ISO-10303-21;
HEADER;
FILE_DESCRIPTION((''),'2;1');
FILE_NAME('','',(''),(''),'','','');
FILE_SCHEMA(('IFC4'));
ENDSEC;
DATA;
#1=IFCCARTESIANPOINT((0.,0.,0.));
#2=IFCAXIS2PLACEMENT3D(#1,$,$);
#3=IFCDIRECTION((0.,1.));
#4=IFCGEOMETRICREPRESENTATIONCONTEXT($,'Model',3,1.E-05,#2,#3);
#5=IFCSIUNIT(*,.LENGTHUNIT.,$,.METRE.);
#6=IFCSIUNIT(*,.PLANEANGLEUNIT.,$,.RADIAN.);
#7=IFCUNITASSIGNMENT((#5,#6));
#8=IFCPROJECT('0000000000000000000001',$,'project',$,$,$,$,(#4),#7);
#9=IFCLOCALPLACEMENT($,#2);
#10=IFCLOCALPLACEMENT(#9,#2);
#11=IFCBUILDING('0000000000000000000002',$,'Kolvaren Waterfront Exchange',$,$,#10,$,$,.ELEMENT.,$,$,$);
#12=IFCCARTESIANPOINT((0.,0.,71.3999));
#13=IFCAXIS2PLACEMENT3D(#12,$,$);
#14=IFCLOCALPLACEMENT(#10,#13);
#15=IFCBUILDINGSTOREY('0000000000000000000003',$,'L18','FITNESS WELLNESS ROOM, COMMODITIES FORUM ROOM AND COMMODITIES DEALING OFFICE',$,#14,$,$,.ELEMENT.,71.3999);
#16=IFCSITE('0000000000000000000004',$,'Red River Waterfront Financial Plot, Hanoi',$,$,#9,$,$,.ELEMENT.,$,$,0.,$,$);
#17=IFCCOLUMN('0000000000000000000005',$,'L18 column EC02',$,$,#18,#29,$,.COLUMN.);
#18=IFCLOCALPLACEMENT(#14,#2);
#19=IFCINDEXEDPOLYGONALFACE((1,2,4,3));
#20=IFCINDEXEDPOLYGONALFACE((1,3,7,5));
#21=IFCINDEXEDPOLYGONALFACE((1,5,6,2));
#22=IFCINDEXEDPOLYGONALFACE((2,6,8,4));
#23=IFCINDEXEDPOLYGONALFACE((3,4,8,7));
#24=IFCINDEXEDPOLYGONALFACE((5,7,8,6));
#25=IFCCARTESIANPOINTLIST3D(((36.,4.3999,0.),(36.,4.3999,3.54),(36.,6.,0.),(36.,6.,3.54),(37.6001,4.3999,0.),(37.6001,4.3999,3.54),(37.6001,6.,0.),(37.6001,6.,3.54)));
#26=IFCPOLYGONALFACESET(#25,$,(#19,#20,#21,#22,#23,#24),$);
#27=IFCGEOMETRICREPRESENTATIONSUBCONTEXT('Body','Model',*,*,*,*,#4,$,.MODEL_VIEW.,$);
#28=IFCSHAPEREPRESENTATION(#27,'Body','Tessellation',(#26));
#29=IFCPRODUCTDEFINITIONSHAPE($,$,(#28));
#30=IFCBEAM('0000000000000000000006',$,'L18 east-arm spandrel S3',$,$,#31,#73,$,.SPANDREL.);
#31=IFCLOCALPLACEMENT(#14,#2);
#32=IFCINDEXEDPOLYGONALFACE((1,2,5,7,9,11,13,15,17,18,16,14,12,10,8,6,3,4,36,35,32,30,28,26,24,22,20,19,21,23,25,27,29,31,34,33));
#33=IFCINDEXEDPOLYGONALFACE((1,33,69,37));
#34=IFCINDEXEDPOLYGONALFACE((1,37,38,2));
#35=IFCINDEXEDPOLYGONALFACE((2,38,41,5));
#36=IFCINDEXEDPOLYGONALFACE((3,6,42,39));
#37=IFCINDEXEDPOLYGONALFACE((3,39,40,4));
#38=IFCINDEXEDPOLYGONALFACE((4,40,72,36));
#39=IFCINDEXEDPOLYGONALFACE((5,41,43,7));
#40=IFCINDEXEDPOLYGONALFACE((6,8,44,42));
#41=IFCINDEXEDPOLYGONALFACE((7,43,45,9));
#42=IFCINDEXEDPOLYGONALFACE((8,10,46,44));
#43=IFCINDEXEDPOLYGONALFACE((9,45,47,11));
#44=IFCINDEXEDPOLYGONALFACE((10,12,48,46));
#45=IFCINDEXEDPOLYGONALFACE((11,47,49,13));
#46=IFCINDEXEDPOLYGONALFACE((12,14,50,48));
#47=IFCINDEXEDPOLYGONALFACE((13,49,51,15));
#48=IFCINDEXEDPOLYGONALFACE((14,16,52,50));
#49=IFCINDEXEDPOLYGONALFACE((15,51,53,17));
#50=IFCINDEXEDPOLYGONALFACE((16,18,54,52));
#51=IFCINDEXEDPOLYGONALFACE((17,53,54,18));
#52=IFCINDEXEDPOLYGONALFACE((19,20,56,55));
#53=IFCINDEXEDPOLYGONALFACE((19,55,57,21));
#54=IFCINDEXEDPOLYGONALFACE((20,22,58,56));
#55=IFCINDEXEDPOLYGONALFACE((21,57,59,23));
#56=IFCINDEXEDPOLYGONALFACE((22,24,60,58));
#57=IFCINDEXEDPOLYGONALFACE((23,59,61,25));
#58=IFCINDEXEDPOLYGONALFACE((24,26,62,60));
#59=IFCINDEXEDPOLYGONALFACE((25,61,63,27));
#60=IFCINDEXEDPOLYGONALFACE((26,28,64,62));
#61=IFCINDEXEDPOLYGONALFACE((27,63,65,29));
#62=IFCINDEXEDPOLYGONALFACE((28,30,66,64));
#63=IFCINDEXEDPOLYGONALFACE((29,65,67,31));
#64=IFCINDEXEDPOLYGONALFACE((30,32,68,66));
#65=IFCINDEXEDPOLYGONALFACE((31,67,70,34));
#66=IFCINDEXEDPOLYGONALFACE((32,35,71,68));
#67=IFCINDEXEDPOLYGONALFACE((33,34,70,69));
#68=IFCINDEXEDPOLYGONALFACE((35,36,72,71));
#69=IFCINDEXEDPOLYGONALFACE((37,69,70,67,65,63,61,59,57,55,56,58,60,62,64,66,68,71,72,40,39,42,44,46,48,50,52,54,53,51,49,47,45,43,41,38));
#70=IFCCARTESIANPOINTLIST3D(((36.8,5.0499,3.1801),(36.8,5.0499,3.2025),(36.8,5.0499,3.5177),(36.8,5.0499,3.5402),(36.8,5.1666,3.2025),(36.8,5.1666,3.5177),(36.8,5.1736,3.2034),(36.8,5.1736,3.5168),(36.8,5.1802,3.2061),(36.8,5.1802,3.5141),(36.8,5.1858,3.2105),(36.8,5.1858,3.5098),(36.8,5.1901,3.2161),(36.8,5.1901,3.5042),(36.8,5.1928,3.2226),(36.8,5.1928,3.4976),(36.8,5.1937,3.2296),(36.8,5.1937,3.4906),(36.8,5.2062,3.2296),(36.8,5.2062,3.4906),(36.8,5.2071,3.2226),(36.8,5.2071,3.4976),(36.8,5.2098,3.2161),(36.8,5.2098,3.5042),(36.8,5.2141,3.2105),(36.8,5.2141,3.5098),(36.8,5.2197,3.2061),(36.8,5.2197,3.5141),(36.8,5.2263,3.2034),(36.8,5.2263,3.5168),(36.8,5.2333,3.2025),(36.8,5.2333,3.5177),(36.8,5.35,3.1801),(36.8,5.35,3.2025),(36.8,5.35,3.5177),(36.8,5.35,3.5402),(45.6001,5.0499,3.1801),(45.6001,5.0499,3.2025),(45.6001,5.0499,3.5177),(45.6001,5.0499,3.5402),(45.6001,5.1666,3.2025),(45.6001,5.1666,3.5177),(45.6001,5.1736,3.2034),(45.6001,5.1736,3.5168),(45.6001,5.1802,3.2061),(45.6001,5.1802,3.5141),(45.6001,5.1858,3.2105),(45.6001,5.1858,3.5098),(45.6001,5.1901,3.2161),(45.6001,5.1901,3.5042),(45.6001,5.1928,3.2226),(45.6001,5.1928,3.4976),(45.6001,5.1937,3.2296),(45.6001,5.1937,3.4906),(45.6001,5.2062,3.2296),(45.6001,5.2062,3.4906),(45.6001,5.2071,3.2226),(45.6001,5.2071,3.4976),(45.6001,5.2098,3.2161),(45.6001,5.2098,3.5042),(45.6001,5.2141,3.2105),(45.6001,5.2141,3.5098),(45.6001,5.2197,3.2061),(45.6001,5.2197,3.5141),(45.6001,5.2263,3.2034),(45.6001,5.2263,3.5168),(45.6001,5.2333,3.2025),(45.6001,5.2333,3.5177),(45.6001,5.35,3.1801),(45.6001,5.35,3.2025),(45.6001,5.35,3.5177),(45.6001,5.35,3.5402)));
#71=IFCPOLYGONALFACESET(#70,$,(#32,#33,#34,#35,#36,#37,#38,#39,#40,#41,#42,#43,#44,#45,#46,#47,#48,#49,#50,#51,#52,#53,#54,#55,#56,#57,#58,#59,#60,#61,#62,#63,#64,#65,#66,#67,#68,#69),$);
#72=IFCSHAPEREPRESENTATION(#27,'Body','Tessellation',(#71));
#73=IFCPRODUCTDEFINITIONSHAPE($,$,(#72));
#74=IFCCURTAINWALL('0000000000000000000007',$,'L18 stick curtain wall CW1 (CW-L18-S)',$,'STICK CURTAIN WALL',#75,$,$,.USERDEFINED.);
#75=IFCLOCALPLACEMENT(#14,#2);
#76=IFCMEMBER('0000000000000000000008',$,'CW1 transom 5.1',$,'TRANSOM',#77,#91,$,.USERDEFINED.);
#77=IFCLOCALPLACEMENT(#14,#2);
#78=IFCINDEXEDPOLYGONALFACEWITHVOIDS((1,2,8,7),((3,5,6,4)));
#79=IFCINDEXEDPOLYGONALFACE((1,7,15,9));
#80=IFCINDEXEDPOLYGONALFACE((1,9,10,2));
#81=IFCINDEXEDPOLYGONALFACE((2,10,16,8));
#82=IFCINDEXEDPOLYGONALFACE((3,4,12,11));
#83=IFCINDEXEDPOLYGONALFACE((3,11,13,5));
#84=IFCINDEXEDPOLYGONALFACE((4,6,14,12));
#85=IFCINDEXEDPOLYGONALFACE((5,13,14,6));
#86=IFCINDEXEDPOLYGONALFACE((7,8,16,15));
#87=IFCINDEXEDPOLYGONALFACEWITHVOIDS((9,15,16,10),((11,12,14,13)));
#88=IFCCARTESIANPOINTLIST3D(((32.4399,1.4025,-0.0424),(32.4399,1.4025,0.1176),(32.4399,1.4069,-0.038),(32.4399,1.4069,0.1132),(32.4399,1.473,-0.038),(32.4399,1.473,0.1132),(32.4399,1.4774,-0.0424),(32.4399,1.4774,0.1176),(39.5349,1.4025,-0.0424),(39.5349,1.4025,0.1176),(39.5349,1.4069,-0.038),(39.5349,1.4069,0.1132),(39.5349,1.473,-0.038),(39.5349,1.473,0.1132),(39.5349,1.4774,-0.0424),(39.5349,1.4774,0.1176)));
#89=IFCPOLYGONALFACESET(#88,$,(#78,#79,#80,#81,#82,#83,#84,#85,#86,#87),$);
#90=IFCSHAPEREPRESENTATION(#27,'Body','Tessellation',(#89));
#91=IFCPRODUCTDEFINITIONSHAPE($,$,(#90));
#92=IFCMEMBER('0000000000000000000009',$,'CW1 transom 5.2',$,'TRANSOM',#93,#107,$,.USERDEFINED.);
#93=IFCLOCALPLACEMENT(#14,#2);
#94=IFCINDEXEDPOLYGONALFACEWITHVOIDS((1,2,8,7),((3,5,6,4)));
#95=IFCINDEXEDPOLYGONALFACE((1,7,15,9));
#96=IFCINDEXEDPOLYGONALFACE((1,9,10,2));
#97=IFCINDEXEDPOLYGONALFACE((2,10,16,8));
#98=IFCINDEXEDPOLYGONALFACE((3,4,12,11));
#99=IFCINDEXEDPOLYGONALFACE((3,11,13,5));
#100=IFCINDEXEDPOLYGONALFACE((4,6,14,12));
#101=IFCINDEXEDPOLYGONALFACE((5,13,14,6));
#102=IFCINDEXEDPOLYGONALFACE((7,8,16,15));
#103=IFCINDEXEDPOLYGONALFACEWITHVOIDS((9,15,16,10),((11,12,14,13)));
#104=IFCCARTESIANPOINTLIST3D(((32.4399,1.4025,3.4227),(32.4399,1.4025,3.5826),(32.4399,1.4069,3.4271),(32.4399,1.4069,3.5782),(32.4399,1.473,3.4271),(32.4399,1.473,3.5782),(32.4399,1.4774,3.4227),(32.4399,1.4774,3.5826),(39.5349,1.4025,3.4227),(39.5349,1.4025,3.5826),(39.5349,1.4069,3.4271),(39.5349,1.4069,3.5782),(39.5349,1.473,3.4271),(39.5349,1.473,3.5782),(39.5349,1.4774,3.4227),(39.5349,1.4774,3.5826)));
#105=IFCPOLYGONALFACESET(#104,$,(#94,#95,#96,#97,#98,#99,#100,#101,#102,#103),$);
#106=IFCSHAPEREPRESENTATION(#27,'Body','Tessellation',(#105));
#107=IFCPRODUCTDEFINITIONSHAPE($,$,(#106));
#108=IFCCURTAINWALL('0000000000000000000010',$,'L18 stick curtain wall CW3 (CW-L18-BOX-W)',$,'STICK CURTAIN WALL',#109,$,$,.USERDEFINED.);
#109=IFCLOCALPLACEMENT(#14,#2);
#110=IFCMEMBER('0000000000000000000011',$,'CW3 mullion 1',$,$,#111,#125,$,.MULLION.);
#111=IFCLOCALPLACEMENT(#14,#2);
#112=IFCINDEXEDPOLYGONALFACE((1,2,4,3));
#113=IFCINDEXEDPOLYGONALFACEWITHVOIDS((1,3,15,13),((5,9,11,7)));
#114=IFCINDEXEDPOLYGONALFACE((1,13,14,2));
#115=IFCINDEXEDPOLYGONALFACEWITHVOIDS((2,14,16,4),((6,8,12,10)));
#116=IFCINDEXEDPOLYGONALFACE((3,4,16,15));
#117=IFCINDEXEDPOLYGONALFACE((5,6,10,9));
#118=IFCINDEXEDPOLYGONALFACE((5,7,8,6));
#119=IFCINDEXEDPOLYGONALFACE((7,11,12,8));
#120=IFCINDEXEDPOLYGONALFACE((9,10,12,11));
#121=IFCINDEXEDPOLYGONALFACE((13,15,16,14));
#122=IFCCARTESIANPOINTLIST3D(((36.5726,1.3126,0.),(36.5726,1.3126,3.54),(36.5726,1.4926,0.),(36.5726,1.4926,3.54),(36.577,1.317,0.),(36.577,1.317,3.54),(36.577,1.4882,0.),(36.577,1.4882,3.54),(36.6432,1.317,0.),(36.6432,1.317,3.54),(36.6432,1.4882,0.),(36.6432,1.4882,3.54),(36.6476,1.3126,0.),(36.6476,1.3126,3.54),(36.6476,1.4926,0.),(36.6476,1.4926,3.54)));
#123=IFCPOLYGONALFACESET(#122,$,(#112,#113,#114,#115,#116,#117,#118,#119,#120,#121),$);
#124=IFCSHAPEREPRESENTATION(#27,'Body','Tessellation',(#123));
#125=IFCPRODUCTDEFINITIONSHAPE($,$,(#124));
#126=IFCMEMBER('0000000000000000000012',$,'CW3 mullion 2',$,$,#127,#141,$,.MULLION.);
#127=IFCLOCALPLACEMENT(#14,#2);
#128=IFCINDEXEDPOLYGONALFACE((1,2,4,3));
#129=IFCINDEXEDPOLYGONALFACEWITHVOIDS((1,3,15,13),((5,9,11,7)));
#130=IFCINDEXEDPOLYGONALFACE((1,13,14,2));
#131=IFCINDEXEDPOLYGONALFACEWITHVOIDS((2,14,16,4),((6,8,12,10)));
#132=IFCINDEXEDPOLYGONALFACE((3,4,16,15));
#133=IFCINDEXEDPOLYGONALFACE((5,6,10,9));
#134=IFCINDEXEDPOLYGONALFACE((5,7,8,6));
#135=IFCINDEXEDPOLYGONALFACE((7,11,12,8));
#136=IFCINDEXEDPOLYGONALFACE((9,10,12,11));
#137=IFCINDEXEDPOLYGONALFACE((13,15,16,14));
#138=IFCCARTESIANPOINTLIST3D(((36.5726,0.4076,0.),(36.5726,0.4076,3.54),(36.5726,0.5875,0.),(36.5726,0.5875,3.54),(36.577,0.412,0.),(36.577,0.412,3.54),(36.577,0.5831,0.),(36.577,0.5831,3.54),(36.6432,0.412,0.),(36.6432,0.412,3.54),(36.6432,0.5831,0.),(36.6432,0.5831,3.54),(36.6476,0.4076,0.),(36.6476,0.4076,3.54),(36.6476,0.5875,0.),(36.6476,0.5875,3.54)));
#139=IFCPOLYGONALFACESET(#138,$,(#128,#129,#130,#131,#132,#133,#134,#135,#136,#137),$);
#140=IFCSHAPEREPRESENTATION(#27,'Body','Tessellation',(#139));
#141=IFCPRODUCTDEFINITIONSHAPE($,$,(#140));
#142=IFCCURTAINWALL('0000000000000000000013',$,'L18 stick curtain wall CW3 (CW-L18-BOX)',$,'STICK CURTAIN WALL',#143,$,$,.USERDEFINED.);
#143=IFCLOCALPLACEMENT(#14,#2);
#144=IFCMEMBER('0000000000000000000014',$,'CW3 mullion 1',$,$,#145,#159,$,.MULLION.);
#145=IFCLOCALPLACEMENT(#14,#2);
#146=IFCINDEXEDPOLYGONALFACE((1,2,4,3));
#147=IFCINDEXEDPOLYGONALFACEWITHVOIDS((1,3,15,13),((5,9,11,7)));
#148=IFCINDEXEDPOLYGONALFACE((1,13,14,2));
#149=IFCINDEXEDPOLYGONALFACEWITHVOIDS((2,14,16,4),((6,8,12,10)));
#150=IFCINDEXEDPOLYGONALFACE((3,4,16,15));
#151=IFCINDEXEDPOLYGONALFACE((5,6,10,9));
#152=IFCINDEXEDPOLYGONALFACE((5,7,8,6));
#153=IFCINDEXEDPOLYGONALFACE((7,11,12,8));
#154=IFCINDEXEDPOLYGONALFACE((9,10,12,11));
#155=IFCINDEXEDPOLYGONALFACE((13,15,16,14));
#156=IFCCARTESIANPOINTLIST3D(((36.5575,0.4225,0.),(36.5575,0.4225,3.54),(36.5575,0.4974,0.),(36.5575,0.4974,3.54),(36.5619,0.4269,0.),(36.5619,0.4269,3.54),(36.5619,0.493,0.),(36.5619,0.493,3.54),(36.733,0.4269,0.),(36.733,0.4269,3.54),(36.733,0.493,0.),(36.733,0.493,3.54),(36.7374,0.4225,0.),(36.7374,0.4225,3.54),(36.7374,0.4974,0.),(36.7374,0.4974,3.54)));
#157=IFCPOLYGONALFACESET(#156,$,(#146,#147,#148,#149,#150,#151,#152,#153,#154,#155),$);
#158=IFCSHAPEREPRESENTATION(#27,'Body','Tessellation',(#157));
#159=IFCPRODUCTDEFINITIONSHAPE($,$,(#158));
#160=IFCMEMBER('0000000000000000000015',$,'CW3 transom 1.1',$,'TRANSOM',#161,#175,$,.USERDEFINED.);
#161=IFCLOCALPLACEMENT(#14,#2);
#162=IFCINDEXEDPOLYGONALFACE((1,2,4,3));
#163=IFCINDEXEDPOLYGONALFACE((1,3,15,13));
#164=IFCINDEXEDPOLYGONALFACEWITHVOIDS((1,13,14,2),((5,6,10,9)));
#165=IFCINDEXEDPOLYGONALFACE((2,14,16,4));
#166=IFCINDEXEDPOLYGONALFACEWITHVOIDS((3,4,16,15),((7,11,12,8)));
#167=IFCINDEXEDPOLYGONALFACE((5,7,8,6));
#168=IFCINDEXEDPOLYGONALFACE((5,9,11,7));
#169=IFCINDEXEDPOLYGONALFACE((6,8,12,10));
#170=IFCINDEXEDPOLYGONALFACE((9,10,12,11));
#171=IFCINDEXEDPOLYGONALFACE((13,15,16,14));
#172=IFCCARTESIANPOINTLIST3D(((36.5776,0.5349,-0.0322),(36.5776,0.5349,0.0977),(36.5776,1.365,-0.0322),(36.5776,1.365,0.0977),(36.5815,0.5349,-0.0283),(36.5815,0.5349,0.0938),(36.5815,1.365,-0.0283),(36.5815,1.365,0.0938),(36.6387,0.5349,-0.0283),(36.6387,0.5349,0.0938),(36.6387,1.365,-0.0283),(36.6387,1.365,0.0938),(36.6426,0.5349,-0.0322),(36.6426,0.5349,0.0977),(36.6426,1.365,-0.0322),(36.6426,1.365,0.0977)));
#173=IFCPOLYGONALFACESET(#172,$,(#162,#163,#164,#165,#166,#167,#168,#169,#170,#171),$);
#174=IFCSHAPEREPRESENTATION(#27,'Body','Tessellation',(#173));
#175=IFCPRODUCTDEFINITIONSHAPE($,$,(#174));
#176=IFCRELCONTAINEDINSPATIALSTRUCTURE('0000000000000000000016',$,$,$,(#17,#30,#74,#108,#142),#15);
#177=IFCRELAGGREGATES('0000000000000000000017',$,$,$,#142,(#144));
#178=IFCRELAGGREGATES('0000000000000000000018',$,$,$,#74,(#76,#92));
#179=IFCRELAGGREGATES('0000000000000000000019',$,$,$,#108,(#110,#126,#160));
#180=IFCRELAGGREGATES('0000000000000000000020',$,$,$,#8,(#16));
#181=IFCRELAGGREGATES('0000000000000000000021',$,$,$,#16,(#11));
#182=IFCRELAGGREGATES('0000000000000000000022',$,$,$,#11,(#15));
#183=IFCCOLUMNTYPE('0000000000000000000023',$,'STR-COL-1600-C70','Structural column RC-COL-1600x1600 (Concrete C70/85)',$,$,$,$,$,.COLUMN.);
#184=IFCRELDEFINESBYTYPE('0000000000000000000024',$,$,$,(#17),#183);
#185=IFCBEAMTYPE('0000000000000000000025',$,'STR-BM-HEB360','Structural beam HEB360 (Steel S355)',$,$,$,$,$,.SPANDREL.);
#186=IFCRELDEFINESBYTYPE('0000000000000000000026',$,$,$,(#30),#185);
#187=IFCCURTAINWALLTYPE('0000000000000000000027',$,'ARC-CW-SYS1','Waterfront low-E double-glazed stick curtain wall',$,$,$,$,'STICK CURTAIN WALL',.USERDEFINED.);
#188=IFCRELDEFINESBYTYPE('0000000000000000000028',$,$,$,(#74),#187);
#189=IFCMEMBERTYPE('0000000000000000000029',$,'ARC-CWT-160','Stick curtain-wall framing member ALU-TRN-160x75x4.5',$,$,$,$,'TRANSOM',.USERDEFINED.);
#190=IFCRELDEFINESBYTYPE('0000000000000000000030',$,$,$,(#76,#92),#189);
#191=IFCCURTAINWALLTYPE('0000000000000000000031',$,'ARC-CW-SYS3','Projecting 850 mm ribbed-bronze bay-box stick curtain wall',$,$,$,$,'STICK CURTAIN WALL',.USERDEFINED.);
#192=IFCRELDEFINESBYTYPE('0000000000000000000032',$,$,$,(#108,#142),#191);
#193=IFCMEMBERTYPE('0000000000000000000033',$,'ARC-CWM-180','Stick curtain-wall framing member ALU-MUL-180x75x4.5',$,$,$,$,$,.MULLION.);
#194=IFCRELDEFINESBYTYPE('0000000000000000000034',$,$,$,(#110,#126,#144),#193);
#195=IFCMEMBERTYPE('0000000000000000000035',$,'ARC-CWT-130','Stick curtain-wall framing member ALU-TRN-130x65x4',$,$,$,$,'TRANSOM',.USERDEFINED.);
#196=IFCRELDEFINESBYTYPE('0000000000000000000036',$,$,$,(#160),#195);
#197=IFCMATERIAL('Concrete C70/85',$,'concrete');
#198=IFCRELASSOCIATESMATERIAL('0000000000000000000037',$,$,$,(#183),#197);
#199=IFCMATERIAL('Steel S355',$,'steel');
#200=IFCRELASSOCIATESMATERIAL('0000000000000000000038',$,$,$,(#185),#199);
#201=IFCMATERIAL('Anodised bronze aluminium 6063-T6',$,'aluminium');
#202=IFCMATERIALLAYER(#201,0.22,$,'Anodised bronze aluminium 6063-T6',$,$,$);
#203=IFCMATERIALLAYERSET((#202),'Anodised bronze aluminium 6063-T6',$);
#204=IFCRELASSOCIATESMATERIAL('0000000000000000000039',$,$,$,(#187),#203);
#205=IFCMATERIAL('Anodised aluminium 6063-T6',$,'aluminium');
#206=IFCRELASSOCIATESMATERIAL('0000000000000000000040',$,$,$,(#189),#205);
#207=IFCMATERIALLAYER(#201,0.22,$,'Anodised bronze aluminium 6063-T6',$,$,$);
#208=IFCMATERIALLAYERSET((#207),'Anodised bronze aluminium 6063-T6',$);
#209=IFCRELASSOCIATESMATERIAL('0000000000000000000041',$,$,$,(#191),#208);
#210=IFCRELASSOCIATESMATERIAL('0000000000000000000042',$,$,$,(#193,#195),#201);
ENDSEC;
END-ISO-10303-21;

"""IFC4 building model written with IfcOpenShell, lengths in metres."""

from ifc_helpers import new_model, si_unit, direction, frame, origin, origin_with_axes, origin_2d, place, context, subcontext, project, spatial, rectangle, hollow_rectangle, i_section, extrude, source, transform, mapped, material, layer, layer_set, material_profile, profile_set, type_object, element, aggregate, save


model = new_model("IFC4")

# Units and contexts
model_context = context("Model", 3, precision=1e-05, world=origin(), true_north=direction((0.0, 1.0)))
body_context = subcontext(model_context, "Body", "Model", "MODEL_VIEW")
ifc_project = project(units=[si_unit("LENGTHUNIT", "METRE"), si_unit("PLANEANGLEUNIT", "RADIAN")], contexts=[model_context])

# Site, building, storey
site_placement = place(None, origin())
site = spatial("IfcSite", under=ifc_project, at=site_placement, Name="Red River Waterfront Financial Plot, Hanoi", CompositionType="ELEMENT", RefElevation=0.0)
building_placement = place(site_placement, origin())
building = spatial("IfcBuilding", under=site, at=building_placement, Name="Kolvaren Waterfront Exchange", CompositionType="ELEMENT")
storey_placement = place(building_placement, frame((0.0, 0.0, 71.3999)))
storey = spatial("IfcBuildingStorey", under=building, at=storey_placement, Name="L18", Description="FITNESS WELLNESS ROOM, COMMODITIES FORUM ROOM AND COMMODITIES DEALING OFFICE", CompositionType="ELEMENT", Elevation=71.3999)

# Column
ifc_material_1 = material(Name="Concrete C70/85", Category="concrete")
ifc_material_profile_1 = material_profile(ifc_material_1, rectangle(XDim=1.6001, YDim=1.6001, at=origin_2d()), Name="RC-COL-1600x1600")
ifc_profile_set_1 = profile_set([ifc_material_profile_1], Name="Concrete C70/85")
column_type = type_object("IfcColumnType", Name="STR-COL-1600-C70", Description="Structural column RC-COL-1600x1600 (Concrete C70/85)", PredefinedType="COLUMN", material=ifc_profile_set_1)
column_placement = place(storey_placement, frame((36.8, 5.2, 0.0), z_axis=(0.0, 0.0, 1.0), x_axis=(1.0, 0.0, 0.0)))
element("IfcColumn", 1, at=column_placement, inside=storey, type_object=column_type, Name="L18 column EC02", PredefinedType="COLUMN", context=body_context, shape_type="SweptSolid", body=[
    extrude(rectangle(XDim=1.6001, YDim=1.6001, at=origin_2d()), origin(), (0.0, 0.0, 1.0), 3.54),
])

# Beam
ifc_material_2 = material(Name="Steel S355", Category="steel")
ifc_material_profile_2 = material_profile(ifc_material_2, i_section(OverallWidth=0.3, OverallDepth=0.3601, WebThickness=0.0125, FlangeThickness=0.0225, FilletRadius=0.0271, at=origin_2d()), Name="HEB360")
ifc_profile_set_2 = profile_set([ifc_material_profile_2], Name="Steel S355")
beam_type = type_object("IfcBeamType", Name="STR-BM-HEB360", Description="Structural beam HEB360 (Steel S355)", PredefinedType="SPANDREL", material=ifc_profile_set_2)
beam_placement = place(storey_placement, frame((36.8, 5.2, 3.3601), z_axis=(1.0, 0.0, 0.0), x_axis=(0.0, 1.0, 0.0)))
element("IfcBeam", 2, at=beam_placement, inside=storey, type_object=beam_type, Name="L18 east-arm spandrel S3", PredefinedType="SPANDREL", context=body_context, shape_type="SweptSolid", body=[
    extrude(i_section(OverallWidth=0.3, OverallDepth=0.3601, WebThickness=0.0125, FlangeThickness=0.0225, FilletRadius=0.0271, at=origin_2d()), origin(), (0.0, 0.0, 1.0), 8.8),
])

# Curtain walls, members
ifc_material_3 = material(Name="Anodised bronze aluminium 6063-T6", Category="aluminium")
ifc_layer_1 = layer(ifc_material_3, 0.22, Name="Anodised bronze aluminium 6063-T6")
ifc_layer_set_1 = layer_set([ifc_layer_1], Name="Anodised bronze aluminium 6063-T6")
curtain_wall_type_1 = type_object("IfcCurtainWallType", Name="ARC-CW-SYS1", Description="Waterfront low-E double-glazed stick curtain wall", ElementType="STICK CURTAIN WALL", PredefinedType="USERDEFINED", material=ifc_layer_set_1)
curtain_wall_1_placement = place(storey_placement, origin())
curtain_wall_1 = element("IfcCurtainWall", 3, at=curtain_wall_1_placement, inside=storey, type_object=curtain_wall_type_1, Name="L18 stick curtain wall CW1 (CW-L18-S)", ObjectType="STICK CURTAIN WALL", PredefinedType="USERDEFINED")
ifc_material_4 = material(Name="Anodised aluminium 6063-T6", Category="aluminium")
ifc_material_profile_3 = material_profile(ifc_material_4, hollow_rectangle(XDim=0.075, YDim=0.1599, WallThickness=0.0044, at=origin_2d()), Name="ALU-TRN-160x75x4.5")
ifc_profile_set_3 = profile_set([ifc_material_profile_3], Name="Anodised aluminium 6063-T6")
member_type_1 = type_object("IfcMemberType", Name="ARC-CWT-160", Description="Stick curtain-wall framing member ALU-TRN-160x75x4.5", ElementType="TRANSOM", PredefinedType="USERDEFINED", material=ifc_profile_set_3)
shared_shape_1 = source(origin_with_axes(), body_context, "Body", "SweptSolid", [
    extrude(hollow_rectangle(XDim=0.075, YDim=0.1599, WallThickness=0.0044, at=origin_2d()), origin(), (0.0, 0.0, 1.0), 7.095),
])
member_1_placement = place(storey_placement, frame((32.4399, 1.4399, 0.0376), z_axis=(1.0, 0.0, 0.0), x_axis=(0.0, 1.0, 0.0)))
member_1 = element("IfcMember", 4, at=member_1_placement, type_object=member_type_1, Name="CW1 transom 5.1", ObjectType="TRANSOM", PredefinedType="USERDEFINED", context=body_context, shape_type="MappedRepresentation", body=[
    mapped(shared_shape_1, transform((0.0, 0.0, 0.0), x_axis=(1.0, 0.0, 0.0), y_axis=(0.0, 1.0, 0.0), z_axis=(0.0, 0.0, 1.0), scale=1.0)),
])
member_2_placement = place(storey_placement, frame((32.4399, 1.4399, 3.5027), z_axis=(1.0, 0.0, 0.0), x_axis=(0.0, 1.0, 0.0)))
member_2 = element("IfcMember", 5, at=member_2_placement, type_object=member_type_1, Name="CW1 transom 5.2", ObjectType="TRANSOM", PredefinedType="USERDEFINED", context=body_context, shape_type="MappedRepresentation", body=[
    mapped(shared_shape_1, transform((0.0, 0.0, 0.0), x_axis=(1.0, 0.0, 0.0), y_axis=(0.0, 1.0, 0.0), z_axis=(0.0, 0.0, 1.0), scale=1.0)),
])
ifc_layer_2 = layer(ifc_material_3, 0.22, Name="Anodised bronze aluminium 6063-T6")
ifc_layer_set_2 = layer_set([ifc_layer_2], Name="Anodised bronze aluminium 6063-T6")
curtain_wall_type_2 = type_object("IfcCurtainWallType", Name="ARC-CW-SYS3", Description="Projecting 850 mm ribbed-bronze bay-box stick curtain wall", ElementType="STICK CURTAIN WALL", PredefinedType="USERDEFINED", material=ifc_layer_set_2)
curtain_wall_2_placement = place(storey_placement, origin())
curtain_wall_2 = element("IfcCurtainWall", 6, at=curtain_wall_2_placement, inside=storey, type_object=curtain_wall_type_2, Name="L18 stick curtain wall CW3 (CW-L18-BOX-W)", ObjectType="STICK CURTAIN WALL", PredefinedType="USERDEFINED")
ifc_material_profile_4 = material_profile(ifc_material_3, hollow_rectangle(XDim=0.075, YDim=0.1799, WallThickness=0.0044, at=origin_2d()), Name="ALU-MUL-180x75x4.5")
ifc_profile_set_4 = profile_set([ifc_material_profile_4], Name="Anodised bronze aluminium 6063-T6")
member_type_2 = type_object("IfcMemberType", Name="ARC-CWM-180", Description="Stick curtain-wall framing member ALU-MUL-180x75x4.5", PredefinedType="MULLION", material=ifc_profile_set_4)
shared_shape_2 = source(origin_with_axes(), body_context, "Body", "SweptSolid", [
    extrude(hollow_rectangle(XDim=0.075, YDim=0.1799, WallThickness=0.0044, at=origin_2d()), origin(), (0.0, 0.0, 1.0), 3.54),
])
member_3_placement = place(storey_placement, frame((36.6101, 1.4026, 0.0), z_axis=(0.0, 0.0, 1.0), x_axis=(1.0, 0.0, 0.0)))
member_3 = element("IfcMember", 7, at=member_3_placement, type_object=member_type_2, Name="CW3 mullion 1", PredefinedType="MULLION", context=body_context, shape_type="MappedRepresentation", body=[
    mapped(shared_shape_2, transform((0.0, 0.0, 0.0), x_axis=(1.0, 0.0, 0.0), y_axis=(0.0, 1.0, 0.0), z_axis=(0.0, 0.0, 1.0), scale=1.0)),
])
member_4_placement = place(storey_placement, frame((36.6101, 0.4976, 0.0), z_axis=(0.0, 0.0, 1.0), x_axis=(1.0, 0.0, 0.0)))
member_4 = element("IfcMember", 8, at=member_4_placement, type_object=member_type_2, Name="CW3 mullion 2", PredefinedType="MULLION", context=body_context, shape_type="MappedRepresentation", body=[
    mapped(shared_shape_2, transform((0.0, 0.0, 0.0), x_axis=(1.0, 0.0, 0.0), y_axis=(0.0, 1.0, 0.0), z_axis=(0.0, 0.0, 1.0), scale=1.0)),
])

# Curtain wall, member
curtain_wall_3_placement = place(storey_placement, origin())
curtain_wall_3 = element("IfcCurtainWall", 9, at=curtain_wall_3_placement, inside=storey, type_object=curtain_wall_type_2, Name="L18 stick curtain wall CW3 (CW-L18-BOX)", ObjectType="STICK CURTAIN WALL", PredefinedType="USERDEFINED")
member_5_placement = place(storey_placement, frame((36.6475, 0.46, 0.0), z_axis=(0.0, 0.0, 1.0), x_axis=(0.0, 1.0, 0.0)))
member_5 = element("IfcMember", 10, at=member_5_placement, type_object=member_type_2, Name="CW3 mullion 1", PredefinedType="MULLION", context=body_context, shape_type="MappedRepresentation", body=[
    mapped(shared_shape_2, transform((0.0, 0.0, 0.0), x_axis=(1.0, 0.0, 0.0), y_axis=(0.0, 1.0, 0.0), z_axis=(0.0, 0.0, 1.0), scale=1.0)),
])

# Member
ifc_material_profile_5 = material_profile(ifc_material_3, hollow_rectangle(XDim=0.0649, YDim=0.1299, WallThickness=0.0039, at=origin_2d()), Name="ALU-TRN-130x65x4")
ifc_profile_set_5 = profile_set([ifc_material_profile_5], Name="Anodised bronze aluminium 6063-T6")
member_type_3 = type_object("IfcMemberType", Name="ARC-CWT-130", Description="Stick curtain-wall framing member ALU-TRN-130x65x4", ElementType="TRANSOM", PredefinedType="USERDEFINED", material=ifc_profile_set_5)
shared_shape_3 = source(origin_with_axes(), body_context, "Body", "SweptSolid", [
    extrude(hollow_rectangle(XDim=0.0649, YDim=0.1299, WallThickness=0.0039, at=origin_2d()), origin(), (0.0, 0.0, 1.0), 0.8301),
])
member_6_placement = place(storey_placement, frame((36.6101, 1.365, 0.0327), z_axis=(0.0, -1.0, 0.0), x_axis=(1.0, 0.0, 0.0)))
member_6 = element("IfcMember", 11, at=member_6_placement, type_object=member_type_3, Name="CW3 transom 1.1", ObjectType="TRANSOM", PredefinedType="USERDEFINED", context=body_context, shape_type="MappedRepresentation", body=[
    mapped(shared_shape_3, transform((0.0, 0.0, 0.0), x_axis=(1.0, 0.0, 0.0), y_axis=(0.0, 1.0, 0.0), z_axis=(0.0, 0.0, 1.0), scale=1.0)),
])
aggregate(curtain_wall_3, [member_5])

aggregate(curtain_wall_1, [member_1, member_2])
aggregate(curtain_wall_2, [member_3, member_4, member_6])

save(model, "model.ifc")
